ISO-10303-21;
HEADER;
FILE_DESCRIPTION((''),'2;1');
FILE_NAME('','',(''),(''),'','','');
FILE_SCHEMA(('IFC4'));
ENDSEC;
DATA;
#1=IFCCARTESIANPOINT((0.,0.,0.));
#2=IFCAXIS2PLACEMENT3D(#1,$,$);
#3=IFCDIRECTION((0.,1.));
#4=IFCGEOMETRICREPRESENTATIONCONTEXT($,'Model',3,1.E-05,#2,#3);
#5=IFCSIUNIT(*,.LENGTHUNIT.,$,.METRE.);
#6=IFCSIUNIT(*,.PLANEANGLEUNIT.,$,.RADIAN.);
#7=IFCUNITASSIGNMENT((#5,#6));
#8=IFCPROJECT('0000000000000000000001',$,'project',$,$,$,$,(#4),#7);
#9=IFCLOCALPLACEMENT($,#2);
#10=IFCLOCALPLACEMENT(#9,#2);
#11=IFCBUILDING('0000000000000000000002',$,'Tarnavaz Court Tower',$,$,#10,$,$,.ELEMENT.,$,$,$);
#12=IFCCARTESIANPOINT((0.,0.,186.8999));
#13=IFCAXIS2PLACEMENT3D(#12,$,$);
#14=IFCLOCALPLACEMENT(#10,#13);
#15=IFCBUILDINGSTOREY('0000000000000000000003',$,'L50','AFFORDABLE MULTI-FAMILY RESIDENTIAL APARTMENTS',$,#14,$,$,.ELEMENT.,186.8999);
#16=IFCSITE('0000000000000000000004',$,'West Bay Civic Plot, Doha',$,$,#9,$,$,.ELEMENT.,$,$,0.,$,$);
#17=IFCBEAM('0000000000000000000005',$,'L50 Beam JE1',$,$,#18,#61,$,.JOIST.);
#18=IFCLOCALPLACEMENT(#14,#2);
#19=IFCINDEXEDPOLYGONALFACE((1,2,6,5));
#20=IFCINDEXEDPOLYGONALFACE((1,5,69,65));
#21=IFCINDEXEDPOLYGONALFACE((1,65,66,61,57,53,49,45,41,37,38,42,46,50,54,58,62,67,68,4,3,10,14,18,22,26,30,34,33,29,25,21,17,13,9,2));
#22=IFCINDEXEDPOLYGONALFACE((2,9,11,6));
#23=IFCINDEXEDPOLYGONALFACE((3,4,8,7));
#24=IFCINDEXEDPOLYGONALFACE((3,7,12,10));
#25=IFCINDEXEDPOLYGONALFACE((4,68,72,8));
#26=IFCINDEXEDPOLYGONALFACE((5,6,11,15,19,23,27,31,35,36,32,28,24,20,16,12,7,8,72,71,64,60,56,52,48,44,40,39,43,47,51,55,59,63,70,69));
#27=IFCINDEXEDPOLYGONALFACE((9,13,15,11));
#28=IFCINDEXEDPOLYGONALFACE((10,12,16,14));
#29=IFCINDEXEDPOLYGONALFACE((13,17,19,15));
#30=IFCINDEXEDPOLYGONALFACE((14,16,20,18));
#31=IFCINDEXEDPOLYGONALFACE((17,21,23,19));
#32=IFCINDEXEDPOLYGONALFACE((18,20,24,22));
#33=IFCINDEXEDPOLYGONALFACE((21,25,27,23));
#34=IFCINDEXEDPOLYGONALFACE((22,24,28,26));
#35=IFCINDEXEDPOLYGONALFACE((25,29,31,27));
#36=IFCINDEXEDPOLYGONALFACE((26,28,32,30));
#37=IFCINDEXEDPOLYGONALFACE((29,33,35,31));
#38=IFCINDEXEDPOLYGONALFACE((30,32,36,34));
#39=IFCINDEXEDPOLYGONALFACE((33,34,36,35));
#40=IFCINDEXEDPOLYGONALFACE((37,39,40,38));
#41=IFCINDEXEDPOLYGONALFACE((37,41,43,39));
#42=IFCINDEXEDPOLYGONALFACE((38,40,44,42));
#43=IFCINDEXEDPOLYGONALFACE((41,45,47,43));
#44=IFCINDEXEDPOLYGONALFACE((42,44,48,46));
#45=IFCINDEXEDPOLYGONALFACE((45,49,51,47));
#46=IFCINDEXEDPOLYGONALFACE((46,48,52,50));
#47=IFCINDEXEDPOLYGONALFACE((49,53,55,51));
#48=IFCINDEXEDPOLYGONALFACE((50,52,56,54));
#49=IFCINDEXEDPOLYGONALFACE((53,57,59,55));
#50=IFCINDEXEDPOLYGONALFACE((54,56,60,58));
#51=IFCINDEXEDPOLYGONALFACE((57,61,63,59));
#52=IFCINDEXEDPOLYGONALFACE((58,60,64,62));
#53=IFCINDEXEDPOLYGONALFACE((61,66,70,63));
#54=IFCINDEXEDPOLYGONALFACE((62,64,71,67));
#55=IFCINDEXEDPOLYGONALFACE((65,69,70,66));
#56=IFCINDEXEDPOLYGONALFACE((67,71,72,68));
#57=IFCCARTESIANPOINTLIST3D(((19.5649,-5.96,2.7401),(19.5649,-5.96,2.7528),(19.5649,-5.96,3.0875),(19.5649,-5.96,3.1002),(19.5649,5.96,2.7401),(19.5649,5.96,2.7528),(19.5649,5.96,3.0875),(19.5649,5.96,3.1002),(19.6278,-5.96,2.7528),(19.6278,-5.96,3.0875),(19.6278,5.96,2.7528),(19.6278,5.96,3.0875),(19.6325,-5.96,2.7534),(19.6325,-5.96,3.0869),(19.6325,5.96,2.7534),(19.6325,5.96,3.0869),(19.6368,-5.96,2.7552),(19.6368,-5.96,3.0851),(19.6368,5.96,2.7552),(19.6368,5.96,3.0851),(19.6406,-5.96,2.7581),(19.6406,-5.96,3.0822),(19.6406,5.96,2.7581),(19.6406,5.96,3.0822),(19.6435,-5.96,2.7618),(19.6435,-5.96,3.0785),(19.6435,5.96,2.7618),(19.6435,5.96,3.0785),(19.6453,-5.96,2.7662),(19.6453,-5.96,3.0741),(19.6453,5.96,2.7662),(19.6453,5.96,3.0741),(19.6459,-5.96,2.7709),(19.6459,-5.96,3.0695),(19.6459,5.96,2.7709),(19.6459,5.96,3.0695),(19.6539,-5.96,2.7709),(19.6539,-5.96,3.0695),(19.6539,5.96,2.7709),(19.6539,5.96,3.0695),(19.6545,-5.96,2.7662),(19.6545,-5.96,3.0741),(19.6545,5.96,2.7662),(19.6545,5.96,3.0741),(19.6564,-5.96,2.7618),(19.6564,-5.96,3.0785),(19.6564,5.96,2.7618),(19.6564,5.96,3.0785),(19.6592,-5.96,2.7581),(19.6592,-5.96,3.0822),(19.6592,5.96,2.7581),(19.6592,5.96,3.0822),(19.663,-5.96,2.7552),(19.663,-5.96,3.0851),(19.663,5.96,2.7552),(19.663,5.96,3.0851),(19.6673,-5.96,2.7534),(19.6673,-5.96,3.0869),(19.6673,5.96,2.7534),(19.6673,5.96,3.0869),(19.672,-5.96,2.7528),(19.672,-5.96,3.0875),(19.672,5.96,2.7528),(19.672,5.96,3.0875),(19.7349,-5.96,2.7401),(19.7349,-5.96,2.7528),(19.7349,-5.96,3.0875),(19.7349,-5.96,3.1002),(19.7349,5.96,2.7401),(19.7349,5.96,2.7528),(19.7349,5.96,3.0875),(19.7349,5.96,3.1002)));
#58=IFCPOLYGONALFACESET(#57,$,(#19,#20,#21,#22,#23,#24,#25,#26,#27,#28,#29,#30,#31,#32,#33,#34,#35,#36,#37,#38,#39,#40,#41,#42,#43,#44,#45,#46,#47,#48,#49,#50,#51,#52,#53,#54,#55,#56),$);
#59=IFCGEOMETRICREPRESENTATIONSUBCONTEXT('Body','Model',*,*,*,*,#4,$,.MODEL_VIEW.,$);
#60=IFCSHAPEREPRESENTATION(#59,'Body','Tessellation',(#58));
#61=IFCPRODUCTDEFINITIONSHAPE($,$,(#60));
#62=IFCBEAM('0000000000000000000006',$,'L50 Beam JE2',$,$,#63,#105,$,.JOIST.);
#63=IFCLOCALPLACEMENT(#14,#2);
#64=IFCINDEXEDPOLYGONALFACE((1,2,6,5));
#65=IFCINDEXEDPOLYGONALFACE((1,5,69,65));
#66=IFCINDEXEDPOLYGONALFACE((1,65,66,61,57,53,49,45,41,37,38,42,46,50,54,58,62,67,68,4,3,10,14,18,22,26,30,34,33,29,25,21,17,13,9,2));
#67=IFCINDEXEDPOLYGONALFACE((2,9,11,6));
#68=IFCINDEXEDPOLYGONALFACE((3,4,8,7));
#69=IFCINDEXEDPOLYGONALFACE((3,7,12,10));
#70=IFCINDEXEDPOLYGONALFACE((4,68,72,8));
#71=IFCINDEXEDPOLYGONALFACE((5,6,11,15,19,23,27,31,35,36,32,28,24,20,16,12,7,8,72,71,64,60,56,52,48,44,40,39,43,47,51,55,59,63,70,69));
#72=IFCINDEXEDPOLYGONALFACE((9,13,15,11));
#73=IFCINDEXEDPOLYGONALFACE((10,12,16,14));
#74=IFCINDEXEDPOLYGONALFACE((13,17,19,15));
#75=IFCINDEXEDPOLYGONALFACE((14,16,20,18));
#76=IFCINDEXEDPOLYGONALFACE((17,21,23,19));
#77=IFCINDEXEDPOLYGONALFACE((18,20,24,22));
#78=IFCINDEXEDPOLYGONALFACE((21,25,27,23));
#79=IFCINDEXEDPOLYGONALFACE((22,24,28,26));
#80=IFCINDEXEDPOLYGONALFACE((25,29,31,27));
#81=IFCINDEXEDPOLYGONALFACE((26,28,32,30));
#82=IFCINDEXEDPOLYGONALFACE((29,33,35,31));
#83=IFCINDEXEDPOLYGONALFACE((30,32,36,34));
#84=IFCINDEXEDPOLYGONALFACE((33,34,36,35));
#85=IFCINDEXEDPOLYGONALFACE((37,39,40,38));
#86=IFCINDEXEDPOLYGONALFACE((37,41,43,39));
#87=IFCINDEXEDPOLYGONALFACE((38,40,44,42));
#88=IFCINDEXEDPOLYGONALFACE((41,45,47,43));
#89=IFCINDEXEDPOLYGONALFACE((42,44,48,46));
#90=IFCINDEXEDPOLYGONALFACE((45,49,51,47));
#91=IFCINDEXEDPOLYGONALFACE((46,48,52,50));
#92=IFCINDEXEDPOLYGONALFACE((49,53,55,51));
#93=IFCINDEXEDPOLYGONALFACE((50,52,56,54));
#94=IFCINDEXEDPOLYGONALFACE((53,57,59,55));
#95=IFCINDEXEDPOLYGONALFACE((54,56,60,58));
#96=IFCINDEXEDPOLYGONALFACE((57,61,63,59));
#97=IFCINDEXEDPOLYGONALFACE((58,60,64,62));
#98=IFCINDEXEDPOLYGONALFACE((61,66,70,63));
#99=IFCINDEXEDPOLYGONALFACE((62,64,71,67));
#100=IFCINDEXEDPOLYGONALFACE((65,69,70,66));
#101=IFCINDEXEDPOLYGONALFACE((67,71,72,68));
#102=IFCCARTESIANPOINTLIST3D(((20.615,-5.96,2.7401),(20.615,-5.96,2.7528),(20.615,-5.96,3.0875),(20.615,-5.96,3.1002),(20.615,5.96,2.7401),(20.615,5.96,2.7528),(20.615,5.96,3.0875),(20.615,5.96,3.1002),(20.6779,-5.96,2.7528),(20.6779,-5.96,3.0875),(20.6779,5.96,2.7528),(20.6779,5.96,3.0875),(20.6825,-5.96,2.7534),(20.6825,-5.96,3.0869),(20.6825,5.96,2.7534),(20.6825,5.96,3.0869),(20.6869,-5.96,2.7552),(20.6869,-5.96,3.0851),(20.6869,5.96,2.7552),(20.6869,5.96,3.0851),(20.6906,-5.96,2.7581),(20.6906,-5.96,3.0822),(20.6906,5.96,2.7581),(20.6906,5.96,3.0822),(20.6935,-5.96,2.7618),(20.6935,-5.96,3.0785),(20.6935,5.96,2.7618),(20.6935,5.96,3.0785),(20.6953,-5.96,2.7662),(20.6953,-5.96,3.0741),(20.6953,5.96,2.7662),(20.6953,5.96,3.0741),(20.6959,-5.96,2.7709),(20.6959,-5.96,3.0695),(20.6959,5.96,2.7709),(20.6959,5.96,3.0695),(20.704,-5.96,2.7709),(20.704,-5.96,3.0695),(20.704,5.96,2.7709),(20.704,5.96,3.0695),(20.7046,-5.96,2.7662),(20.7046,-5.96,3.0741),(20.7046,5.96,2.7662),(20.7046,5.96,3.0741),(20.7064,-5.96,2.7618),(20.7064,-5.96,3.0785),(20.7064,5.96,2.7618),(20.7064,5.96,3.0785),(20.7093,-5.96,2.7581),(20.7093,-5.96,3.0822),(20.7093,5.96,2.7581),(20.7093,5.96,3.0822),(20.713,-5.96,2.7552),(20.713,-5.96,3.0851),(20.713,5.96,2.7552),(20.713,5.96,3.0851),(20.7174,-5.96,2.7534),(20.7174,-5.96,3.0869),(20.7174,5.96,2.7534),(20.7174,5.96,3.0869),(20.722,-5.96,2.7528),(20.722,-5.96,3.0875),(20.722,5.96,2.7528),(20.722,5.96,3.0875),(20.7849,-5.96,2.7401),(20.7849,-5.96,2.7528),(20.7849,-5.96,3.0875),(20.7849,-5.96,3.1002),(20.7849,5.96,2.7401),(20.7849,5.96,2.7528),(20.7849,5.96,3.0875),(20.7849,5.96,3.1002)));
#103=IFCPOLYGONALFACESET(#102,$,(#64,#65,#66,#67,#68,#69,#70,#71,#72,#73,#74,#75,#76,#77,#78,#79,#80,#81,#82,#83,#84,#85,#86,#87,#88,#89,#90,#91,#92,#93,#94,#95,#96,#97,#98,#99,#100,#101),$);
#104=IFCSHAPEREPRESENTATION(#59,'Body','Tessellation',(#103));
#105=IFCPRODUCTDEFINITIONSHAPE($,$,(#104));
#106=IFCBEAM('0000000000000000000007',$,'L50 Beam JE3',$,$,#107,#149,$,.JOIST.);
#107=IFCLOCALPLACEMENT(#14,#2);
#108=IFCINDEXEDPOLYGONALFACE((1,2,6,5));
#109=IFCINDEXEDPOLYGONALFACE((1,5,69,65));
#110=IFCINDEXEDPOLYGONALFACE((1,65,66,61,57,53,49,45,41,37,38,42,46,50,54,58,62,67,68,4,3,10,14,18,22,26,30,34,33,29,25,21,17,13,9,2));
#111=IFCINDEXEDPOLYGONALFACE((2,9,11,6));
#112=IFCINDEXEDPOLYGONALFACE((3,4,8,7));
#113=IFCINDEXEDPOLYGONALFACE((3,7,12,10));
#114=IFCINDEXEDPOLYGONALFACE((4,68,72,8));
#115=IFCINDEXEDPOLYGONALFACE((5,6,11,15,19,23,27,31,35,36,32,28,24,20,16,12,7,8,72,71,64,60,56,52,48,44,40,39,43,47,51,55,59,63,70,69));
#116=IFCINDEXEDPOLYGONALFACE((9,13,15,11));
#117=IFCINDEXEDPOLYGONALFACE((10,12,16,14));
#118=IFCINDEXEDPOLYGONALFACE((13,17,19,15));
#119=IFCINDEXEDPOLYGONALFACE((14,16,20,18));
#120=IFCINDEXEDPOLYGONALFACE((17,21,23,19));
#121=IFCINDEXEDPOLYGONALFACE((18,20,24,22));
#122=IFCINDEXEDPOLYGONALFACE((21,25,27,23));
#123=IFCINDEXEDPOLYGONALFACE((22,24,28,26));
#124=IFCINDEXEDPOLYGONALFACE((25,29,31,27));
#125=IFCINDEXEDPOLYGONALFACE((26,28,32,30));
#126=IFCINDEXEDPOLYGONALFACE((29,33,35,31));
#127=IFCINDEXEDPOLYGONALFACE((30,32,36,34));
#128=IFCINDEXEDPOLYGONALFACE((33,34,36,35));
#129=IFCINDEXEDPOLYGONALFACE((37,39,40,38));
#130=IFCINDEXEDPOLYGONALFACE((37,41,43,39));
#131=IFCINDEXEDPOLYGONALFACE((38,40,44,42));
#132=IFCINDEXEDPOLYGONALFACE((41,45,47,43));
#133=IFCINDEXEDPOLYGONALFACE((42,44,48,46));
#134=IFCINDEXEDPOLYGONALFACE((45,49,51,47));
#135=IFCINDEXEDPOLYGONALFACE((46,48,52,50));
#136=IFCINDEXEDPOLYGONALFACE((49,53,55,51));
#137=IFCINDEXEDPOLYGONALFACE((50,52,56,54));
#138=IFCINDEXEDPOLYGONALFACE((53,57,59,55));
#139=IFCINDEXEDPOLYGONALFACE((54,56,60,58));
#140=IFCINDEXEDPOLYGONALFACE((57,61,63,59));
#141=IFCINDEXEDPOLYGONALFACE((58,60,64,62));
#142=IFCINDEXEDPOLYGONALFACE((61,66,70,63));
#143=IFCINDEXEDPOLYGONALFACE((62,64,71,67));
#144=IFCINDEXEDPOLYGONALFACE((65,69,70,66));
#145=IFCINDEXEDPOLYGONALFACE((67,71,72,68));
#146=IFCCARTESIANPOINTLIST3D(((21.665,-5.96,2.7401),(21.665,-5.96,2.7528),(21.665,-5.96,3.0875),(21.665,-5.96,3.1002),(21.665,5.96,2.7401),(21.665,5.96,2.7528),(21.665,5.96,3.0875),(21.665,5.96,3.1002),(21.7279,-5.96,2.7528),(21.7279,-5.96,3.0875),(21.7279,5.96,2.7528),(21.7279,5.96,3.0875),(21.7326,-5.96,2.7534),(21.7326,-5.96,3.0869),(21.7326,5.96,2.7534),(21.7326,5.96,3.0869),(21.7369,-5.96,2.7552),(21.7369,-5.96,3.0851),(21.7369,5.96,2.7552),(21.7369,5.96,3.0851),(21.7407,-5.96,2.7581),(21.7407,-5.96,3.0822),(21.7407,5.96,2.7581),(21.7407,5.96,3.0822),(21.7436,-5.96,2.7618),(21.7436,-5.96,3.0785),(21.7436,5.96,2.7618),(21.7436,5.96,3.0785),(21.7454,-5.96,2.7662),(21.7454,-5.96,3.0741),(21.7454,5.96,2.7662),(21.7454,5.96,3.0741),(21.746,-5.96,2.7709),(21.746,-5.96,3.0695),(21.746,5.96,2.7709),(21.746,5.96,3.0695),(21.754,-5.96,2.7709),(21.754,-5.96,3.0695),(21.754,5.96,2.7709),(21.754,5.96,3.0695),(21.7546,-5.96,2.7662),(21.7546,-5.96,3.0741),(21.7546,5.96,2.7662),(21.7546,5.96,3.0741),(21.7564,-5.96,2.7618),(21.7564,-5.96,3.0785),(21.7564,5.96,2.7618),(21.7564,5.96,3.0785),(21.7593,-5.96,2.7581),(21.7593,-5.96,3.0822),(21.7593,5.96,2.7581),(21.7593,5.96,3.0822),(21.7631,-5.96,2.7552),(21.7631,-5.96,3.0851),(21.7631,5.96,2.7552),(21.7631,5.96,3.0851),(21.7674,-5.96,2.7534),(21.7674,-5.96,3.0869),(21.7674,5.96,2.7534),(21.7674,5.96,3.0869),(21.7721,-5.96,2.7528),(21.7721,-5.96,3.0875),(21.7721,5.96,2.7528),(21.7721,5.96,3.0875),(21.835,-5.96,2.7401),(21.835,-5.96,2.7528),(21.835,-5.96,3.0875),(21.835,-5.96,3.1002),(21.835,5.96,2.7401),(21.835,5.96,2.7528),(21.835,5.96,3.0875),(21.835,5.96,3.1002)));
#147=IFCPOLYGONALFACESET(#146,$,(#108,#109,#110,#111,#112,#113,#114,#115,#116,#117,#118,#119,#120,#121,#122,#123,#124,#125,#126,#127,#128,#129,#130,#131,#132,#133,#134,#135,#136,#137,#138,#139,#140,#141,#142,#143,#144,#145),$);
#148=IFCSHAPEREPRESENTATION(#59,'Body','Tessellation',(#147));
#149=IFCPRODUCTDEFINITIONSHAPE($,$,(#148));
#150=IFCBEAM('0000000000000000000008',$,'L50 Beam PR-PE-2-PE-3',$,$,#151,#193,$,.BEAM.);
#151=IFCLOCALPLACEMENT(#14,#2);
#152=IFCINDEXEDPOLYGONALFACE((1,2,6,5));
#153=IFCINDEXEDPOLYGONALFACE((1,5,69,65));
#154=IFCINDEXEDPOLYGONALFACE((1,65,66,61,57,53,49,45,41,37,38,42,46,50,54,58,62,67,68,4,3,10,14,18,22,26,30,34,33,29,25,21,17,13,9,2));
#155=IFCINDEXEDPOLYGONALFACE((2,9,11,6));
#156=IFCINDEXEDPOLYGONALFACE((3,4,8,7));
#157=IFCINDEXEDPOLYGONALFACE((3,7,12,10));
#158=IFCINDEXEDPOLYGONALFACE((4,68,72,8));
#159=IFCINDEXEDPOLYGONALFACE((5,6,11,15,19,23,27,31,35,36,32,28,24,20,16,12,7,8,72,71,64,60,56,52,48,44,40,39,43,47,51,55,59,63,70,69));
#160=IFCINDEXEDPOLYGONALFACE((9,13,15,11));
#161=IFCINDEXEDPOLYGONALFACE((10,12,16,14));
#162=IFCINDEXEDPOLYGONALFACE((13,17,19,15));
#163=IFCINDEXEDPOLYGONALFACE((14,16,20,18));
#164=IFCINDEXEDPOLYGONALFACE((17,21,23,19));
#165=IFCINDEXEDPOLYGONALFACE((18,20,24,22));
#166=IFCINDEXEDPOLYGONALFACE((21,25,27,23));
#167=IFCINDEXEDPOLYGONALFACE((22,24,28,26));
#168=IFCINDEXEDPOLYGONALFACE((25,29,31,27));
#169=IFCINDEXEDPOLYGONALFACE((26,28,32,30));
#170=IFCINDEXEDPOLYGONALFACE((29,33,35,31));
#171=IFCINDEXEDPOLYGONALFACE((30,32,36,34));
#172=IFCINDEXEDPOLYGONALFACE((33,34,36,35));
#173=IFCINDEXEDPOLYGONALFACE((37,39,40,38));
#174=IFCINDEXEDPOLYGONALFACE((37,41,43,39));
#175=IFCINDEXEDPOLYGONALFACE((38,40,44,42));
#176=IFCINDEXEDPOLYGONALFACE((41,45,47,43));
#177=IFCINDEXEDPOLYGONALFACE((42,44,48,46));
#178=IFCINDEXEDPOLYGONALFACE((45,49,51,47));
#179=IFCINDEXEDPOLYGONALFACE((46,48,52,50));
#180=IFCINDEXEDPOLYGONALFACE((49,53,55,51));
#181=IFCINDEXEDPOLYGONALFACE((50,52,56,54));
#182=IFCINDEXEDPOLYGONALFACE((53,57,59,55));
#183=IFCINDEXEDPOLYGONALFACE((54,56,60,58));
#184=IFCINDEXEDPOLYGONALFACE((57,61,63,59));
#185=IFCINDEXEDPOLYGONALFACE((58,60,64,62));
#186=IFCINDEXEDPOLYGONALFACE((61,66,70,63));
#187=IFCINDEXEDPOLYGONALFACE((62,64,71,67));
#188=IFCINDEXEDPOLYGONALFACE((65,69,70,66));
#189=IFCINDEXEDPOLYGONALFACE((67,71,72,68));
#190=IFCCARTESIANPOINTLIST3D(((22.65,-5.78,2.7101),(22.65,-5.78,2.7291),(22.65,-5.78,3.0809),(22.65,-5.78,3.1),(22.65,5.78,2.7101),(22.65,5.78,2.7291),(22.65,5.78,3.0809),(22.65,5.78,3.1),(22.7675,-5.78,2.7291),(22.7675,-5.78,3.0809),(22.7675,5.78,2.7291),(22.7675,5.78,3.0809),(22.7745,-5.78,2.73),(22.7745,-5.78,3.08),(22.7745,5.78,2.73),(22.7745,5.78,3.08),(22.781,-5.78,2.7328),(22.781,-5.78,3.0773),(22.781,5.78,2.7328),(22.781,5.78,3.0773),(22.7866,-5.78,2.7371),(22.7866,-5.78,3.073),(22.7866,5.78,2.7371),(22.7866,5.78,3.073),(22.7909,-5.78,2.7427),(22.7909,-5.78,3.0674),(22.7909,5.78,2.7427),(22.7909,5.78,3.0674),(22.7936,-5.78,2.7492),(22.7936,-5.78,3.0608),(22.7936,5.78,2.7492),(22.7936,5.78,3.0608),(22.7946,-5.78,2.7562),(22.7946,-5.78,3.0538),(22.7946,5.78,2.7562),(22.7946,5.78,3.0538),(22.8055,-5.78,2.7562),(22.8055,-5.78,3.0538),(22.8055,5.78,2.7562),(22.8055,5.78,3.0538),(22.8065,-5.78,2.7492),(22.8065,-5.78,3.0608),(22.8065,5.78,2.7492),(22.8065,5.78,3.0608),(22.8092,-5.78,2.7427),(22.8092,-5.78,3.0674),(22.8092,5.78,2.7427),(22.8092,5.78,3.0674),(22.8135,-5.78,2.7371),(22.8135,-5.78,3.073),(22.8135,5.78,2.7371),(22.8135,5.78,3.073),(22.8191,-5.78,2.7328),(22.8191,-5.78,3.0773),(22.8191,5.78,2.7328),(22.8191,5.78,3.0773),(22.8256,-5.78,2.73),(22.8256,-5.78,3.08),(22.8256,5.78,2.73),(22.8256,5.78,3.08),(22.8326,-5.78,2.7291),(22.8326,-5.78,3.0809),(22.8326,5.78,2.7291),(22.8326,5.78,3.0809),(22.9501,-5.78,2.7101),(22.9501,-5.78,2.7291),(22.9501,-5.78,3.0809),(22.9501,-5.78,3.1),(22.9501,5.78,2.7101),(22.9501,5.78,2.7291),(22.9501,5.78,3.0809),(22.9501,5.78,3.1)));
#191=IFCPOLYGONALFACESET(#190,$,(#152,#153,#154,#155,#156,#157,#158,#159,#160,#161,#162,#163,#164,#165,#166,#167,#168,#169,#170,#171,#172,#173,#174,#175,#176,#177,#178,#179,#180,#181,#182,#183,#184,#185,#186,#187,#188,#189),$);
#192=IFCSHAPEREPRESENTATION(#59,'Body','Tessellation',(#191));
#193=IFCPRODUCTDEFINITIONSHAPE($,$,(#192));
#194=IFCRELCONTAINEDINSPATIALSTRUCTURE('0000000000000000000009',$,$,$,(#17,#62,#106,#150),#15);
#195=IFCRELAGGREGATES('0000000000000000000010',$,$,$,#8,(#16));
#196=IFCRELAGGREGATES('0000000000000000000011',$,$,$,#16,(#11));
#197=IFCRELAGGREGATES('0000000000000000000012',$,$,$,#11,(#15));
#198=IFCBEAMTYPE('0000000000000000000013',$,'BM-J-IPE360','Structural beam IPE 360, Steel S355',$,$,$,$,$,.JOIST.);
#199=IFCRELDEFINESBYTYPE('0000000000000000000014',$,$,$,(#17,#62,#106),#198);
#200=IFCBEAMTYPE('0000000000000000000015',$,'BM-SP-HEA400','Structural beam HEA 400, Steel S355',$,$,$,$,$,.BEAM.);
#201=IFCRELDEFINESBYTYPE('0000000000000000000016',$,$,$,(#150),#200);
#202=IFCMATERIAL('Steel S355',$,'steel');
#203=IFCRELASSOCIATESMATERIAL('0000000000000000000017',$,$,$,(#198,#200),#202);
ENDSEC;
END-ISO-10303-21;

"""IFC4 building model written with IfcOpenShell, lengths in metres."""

from ifc_helpers import new_model, si_unit, direction, frame, origin, origin_2d, place, context, subcontext, project, spatial, i_section, extrude, material, material_profile, profile_set, type_object, element, save


model = new_model("IFC4")

# Units and contexts
model_context = context("Model", 3, precision=1e-05, world=origin(), true_north=direction((0.0, 1.0)))
body_context = subcontext(model_context, "Body", "Model", "MODEL_VIEW")
ifc_project = project(units=[si_unit("LENGTHUNIT", "METRE"), si_unit("PLANEANGLEUNIT", "RADIAN")], contexts=[model_context])

# Site, building, storey
site_placement = place(None, origin())
site = spatial("IfcSite", under=ifc_project, at=site_placement, Name="West Bay Civic Plot, Doha", CompositionType="ELEMENT", RefElevation=0.0)
building_placement = place(site_placement, origin())
building = spatial("IfcBuilding", under=site, at=building_placement, Name="Tarnavaz Court Tower", CompositionType="ELEMENT")
storey_placement = place(building_placement, frame((0.0, 0.0, 186.8999)))
storey = spatial("IfcBuildingStorey", under=building, at=storey_placement, Name="L50", Description="AFFORDABLE MULTI-FAMILY RESIDENTIAL APARTMENTS", CompositionType="ELEMENT", Elevation=186.8999)

# Beams
ifc_material_1 = material(Name="Steel S355", Category="steel")
ifc_material_profile_1 = material_profile(ifc_material_1, i_section(OverallWidth=0.1699, OverallDepth=0.3601, WebThickness=0.0081, FlangeThickness=0.0127, FilletRadius=0.0181, at=origin_2d()), Name="IPE 360")
ifc_profile_set_1 = profile_set([ifc_material_profile_1], Name="Steel S355")
beam_type_1 = type_object("IfcBeamType", Name="BM-J-IPE360", Description="Structural beam IPE 360, Steel S355", PredefinedType="JOIST", material=ifc_profile_set_1)
for number, where, z_axis, x_axis, name in (
    (1, (19.6499, -5.96, 2.9202), (0.0, 1.0, 0.0), (-1.0, 0.0, 0.0), "L50 Beam JE1"),
    (2, (20.7, -5.96, 2.9202), (0.0, 1.0, 0.0), (-1.0, 0.0, 0.0), "L50 Beam JE2"),
    (3, (21.75, -5.96, 2.9202), (0.0, 1.0, 0.0), (-1.0, 0.0, 0.0), "L50 Beam JE3"),
):
    element("IfcBeam", number, at=place(storey_placement, frame(where, z_axis=z_axis, x_axis=x_axis)), inside=storey, type_object=beam_type_1, Name=name, PredefinedType="JOIST", context=body_context, shape_type="SweptSolid", body=[
        extrude(i_section(OverallWidth=0.1699, OverallDepth=0.3601, WebThickness=0.0081, FlangeThickness=0.0127, FilletRadius=0.0181, at=origin_2d()), origin(), (0.0, 0.0, 1.0), 11.9199),
    ])
ifc_material_profile_2 = material_profile(ifc_material_1, i_section(OverallWidth=0.3, OverallDepth=0.3899, WebThickness=0.011, FlangeThickness=0.019, FilletRadius=0.0271, at=origin_2d()), Name="HEA 400")
ifc_profile_set_2 = profile_set([ifc_material_profile_2], Name="Steel S355")
beam_type_2 = type_object("IfcBeamType", Name="BM-SP-HEA400", Description="Structural beam HEA 400, Steel S355", PredefinedType="BEAM", material=ifc_profile_set_2)
beam_1_placement = place(storey_placement, frame((22.8, -5.78, 2.905), z_axis=(0.0, 1.0, 0.0), x_axis=(-1.0, 0.0, 0.0)))
element("IfcBeam", 4, at=beam_1_placement, inside=storey, type_object=beam_type_2, Name="L50 Beam PR-PE-2-PE-3", PredefinedType="BEAM", context=body_context, shape_type="SweptSolid", body=[
    extrude(i_section(OverallWidth=0.3, OverallDepth=0.3899, WebThickness=0.011, FlangeThickness=0.019, FilletRadius=0.0271, at=origin_2d()), origin(), (0.0, 0.0, 1.0), 11.5601),
])

save(model, "model.ifc")
